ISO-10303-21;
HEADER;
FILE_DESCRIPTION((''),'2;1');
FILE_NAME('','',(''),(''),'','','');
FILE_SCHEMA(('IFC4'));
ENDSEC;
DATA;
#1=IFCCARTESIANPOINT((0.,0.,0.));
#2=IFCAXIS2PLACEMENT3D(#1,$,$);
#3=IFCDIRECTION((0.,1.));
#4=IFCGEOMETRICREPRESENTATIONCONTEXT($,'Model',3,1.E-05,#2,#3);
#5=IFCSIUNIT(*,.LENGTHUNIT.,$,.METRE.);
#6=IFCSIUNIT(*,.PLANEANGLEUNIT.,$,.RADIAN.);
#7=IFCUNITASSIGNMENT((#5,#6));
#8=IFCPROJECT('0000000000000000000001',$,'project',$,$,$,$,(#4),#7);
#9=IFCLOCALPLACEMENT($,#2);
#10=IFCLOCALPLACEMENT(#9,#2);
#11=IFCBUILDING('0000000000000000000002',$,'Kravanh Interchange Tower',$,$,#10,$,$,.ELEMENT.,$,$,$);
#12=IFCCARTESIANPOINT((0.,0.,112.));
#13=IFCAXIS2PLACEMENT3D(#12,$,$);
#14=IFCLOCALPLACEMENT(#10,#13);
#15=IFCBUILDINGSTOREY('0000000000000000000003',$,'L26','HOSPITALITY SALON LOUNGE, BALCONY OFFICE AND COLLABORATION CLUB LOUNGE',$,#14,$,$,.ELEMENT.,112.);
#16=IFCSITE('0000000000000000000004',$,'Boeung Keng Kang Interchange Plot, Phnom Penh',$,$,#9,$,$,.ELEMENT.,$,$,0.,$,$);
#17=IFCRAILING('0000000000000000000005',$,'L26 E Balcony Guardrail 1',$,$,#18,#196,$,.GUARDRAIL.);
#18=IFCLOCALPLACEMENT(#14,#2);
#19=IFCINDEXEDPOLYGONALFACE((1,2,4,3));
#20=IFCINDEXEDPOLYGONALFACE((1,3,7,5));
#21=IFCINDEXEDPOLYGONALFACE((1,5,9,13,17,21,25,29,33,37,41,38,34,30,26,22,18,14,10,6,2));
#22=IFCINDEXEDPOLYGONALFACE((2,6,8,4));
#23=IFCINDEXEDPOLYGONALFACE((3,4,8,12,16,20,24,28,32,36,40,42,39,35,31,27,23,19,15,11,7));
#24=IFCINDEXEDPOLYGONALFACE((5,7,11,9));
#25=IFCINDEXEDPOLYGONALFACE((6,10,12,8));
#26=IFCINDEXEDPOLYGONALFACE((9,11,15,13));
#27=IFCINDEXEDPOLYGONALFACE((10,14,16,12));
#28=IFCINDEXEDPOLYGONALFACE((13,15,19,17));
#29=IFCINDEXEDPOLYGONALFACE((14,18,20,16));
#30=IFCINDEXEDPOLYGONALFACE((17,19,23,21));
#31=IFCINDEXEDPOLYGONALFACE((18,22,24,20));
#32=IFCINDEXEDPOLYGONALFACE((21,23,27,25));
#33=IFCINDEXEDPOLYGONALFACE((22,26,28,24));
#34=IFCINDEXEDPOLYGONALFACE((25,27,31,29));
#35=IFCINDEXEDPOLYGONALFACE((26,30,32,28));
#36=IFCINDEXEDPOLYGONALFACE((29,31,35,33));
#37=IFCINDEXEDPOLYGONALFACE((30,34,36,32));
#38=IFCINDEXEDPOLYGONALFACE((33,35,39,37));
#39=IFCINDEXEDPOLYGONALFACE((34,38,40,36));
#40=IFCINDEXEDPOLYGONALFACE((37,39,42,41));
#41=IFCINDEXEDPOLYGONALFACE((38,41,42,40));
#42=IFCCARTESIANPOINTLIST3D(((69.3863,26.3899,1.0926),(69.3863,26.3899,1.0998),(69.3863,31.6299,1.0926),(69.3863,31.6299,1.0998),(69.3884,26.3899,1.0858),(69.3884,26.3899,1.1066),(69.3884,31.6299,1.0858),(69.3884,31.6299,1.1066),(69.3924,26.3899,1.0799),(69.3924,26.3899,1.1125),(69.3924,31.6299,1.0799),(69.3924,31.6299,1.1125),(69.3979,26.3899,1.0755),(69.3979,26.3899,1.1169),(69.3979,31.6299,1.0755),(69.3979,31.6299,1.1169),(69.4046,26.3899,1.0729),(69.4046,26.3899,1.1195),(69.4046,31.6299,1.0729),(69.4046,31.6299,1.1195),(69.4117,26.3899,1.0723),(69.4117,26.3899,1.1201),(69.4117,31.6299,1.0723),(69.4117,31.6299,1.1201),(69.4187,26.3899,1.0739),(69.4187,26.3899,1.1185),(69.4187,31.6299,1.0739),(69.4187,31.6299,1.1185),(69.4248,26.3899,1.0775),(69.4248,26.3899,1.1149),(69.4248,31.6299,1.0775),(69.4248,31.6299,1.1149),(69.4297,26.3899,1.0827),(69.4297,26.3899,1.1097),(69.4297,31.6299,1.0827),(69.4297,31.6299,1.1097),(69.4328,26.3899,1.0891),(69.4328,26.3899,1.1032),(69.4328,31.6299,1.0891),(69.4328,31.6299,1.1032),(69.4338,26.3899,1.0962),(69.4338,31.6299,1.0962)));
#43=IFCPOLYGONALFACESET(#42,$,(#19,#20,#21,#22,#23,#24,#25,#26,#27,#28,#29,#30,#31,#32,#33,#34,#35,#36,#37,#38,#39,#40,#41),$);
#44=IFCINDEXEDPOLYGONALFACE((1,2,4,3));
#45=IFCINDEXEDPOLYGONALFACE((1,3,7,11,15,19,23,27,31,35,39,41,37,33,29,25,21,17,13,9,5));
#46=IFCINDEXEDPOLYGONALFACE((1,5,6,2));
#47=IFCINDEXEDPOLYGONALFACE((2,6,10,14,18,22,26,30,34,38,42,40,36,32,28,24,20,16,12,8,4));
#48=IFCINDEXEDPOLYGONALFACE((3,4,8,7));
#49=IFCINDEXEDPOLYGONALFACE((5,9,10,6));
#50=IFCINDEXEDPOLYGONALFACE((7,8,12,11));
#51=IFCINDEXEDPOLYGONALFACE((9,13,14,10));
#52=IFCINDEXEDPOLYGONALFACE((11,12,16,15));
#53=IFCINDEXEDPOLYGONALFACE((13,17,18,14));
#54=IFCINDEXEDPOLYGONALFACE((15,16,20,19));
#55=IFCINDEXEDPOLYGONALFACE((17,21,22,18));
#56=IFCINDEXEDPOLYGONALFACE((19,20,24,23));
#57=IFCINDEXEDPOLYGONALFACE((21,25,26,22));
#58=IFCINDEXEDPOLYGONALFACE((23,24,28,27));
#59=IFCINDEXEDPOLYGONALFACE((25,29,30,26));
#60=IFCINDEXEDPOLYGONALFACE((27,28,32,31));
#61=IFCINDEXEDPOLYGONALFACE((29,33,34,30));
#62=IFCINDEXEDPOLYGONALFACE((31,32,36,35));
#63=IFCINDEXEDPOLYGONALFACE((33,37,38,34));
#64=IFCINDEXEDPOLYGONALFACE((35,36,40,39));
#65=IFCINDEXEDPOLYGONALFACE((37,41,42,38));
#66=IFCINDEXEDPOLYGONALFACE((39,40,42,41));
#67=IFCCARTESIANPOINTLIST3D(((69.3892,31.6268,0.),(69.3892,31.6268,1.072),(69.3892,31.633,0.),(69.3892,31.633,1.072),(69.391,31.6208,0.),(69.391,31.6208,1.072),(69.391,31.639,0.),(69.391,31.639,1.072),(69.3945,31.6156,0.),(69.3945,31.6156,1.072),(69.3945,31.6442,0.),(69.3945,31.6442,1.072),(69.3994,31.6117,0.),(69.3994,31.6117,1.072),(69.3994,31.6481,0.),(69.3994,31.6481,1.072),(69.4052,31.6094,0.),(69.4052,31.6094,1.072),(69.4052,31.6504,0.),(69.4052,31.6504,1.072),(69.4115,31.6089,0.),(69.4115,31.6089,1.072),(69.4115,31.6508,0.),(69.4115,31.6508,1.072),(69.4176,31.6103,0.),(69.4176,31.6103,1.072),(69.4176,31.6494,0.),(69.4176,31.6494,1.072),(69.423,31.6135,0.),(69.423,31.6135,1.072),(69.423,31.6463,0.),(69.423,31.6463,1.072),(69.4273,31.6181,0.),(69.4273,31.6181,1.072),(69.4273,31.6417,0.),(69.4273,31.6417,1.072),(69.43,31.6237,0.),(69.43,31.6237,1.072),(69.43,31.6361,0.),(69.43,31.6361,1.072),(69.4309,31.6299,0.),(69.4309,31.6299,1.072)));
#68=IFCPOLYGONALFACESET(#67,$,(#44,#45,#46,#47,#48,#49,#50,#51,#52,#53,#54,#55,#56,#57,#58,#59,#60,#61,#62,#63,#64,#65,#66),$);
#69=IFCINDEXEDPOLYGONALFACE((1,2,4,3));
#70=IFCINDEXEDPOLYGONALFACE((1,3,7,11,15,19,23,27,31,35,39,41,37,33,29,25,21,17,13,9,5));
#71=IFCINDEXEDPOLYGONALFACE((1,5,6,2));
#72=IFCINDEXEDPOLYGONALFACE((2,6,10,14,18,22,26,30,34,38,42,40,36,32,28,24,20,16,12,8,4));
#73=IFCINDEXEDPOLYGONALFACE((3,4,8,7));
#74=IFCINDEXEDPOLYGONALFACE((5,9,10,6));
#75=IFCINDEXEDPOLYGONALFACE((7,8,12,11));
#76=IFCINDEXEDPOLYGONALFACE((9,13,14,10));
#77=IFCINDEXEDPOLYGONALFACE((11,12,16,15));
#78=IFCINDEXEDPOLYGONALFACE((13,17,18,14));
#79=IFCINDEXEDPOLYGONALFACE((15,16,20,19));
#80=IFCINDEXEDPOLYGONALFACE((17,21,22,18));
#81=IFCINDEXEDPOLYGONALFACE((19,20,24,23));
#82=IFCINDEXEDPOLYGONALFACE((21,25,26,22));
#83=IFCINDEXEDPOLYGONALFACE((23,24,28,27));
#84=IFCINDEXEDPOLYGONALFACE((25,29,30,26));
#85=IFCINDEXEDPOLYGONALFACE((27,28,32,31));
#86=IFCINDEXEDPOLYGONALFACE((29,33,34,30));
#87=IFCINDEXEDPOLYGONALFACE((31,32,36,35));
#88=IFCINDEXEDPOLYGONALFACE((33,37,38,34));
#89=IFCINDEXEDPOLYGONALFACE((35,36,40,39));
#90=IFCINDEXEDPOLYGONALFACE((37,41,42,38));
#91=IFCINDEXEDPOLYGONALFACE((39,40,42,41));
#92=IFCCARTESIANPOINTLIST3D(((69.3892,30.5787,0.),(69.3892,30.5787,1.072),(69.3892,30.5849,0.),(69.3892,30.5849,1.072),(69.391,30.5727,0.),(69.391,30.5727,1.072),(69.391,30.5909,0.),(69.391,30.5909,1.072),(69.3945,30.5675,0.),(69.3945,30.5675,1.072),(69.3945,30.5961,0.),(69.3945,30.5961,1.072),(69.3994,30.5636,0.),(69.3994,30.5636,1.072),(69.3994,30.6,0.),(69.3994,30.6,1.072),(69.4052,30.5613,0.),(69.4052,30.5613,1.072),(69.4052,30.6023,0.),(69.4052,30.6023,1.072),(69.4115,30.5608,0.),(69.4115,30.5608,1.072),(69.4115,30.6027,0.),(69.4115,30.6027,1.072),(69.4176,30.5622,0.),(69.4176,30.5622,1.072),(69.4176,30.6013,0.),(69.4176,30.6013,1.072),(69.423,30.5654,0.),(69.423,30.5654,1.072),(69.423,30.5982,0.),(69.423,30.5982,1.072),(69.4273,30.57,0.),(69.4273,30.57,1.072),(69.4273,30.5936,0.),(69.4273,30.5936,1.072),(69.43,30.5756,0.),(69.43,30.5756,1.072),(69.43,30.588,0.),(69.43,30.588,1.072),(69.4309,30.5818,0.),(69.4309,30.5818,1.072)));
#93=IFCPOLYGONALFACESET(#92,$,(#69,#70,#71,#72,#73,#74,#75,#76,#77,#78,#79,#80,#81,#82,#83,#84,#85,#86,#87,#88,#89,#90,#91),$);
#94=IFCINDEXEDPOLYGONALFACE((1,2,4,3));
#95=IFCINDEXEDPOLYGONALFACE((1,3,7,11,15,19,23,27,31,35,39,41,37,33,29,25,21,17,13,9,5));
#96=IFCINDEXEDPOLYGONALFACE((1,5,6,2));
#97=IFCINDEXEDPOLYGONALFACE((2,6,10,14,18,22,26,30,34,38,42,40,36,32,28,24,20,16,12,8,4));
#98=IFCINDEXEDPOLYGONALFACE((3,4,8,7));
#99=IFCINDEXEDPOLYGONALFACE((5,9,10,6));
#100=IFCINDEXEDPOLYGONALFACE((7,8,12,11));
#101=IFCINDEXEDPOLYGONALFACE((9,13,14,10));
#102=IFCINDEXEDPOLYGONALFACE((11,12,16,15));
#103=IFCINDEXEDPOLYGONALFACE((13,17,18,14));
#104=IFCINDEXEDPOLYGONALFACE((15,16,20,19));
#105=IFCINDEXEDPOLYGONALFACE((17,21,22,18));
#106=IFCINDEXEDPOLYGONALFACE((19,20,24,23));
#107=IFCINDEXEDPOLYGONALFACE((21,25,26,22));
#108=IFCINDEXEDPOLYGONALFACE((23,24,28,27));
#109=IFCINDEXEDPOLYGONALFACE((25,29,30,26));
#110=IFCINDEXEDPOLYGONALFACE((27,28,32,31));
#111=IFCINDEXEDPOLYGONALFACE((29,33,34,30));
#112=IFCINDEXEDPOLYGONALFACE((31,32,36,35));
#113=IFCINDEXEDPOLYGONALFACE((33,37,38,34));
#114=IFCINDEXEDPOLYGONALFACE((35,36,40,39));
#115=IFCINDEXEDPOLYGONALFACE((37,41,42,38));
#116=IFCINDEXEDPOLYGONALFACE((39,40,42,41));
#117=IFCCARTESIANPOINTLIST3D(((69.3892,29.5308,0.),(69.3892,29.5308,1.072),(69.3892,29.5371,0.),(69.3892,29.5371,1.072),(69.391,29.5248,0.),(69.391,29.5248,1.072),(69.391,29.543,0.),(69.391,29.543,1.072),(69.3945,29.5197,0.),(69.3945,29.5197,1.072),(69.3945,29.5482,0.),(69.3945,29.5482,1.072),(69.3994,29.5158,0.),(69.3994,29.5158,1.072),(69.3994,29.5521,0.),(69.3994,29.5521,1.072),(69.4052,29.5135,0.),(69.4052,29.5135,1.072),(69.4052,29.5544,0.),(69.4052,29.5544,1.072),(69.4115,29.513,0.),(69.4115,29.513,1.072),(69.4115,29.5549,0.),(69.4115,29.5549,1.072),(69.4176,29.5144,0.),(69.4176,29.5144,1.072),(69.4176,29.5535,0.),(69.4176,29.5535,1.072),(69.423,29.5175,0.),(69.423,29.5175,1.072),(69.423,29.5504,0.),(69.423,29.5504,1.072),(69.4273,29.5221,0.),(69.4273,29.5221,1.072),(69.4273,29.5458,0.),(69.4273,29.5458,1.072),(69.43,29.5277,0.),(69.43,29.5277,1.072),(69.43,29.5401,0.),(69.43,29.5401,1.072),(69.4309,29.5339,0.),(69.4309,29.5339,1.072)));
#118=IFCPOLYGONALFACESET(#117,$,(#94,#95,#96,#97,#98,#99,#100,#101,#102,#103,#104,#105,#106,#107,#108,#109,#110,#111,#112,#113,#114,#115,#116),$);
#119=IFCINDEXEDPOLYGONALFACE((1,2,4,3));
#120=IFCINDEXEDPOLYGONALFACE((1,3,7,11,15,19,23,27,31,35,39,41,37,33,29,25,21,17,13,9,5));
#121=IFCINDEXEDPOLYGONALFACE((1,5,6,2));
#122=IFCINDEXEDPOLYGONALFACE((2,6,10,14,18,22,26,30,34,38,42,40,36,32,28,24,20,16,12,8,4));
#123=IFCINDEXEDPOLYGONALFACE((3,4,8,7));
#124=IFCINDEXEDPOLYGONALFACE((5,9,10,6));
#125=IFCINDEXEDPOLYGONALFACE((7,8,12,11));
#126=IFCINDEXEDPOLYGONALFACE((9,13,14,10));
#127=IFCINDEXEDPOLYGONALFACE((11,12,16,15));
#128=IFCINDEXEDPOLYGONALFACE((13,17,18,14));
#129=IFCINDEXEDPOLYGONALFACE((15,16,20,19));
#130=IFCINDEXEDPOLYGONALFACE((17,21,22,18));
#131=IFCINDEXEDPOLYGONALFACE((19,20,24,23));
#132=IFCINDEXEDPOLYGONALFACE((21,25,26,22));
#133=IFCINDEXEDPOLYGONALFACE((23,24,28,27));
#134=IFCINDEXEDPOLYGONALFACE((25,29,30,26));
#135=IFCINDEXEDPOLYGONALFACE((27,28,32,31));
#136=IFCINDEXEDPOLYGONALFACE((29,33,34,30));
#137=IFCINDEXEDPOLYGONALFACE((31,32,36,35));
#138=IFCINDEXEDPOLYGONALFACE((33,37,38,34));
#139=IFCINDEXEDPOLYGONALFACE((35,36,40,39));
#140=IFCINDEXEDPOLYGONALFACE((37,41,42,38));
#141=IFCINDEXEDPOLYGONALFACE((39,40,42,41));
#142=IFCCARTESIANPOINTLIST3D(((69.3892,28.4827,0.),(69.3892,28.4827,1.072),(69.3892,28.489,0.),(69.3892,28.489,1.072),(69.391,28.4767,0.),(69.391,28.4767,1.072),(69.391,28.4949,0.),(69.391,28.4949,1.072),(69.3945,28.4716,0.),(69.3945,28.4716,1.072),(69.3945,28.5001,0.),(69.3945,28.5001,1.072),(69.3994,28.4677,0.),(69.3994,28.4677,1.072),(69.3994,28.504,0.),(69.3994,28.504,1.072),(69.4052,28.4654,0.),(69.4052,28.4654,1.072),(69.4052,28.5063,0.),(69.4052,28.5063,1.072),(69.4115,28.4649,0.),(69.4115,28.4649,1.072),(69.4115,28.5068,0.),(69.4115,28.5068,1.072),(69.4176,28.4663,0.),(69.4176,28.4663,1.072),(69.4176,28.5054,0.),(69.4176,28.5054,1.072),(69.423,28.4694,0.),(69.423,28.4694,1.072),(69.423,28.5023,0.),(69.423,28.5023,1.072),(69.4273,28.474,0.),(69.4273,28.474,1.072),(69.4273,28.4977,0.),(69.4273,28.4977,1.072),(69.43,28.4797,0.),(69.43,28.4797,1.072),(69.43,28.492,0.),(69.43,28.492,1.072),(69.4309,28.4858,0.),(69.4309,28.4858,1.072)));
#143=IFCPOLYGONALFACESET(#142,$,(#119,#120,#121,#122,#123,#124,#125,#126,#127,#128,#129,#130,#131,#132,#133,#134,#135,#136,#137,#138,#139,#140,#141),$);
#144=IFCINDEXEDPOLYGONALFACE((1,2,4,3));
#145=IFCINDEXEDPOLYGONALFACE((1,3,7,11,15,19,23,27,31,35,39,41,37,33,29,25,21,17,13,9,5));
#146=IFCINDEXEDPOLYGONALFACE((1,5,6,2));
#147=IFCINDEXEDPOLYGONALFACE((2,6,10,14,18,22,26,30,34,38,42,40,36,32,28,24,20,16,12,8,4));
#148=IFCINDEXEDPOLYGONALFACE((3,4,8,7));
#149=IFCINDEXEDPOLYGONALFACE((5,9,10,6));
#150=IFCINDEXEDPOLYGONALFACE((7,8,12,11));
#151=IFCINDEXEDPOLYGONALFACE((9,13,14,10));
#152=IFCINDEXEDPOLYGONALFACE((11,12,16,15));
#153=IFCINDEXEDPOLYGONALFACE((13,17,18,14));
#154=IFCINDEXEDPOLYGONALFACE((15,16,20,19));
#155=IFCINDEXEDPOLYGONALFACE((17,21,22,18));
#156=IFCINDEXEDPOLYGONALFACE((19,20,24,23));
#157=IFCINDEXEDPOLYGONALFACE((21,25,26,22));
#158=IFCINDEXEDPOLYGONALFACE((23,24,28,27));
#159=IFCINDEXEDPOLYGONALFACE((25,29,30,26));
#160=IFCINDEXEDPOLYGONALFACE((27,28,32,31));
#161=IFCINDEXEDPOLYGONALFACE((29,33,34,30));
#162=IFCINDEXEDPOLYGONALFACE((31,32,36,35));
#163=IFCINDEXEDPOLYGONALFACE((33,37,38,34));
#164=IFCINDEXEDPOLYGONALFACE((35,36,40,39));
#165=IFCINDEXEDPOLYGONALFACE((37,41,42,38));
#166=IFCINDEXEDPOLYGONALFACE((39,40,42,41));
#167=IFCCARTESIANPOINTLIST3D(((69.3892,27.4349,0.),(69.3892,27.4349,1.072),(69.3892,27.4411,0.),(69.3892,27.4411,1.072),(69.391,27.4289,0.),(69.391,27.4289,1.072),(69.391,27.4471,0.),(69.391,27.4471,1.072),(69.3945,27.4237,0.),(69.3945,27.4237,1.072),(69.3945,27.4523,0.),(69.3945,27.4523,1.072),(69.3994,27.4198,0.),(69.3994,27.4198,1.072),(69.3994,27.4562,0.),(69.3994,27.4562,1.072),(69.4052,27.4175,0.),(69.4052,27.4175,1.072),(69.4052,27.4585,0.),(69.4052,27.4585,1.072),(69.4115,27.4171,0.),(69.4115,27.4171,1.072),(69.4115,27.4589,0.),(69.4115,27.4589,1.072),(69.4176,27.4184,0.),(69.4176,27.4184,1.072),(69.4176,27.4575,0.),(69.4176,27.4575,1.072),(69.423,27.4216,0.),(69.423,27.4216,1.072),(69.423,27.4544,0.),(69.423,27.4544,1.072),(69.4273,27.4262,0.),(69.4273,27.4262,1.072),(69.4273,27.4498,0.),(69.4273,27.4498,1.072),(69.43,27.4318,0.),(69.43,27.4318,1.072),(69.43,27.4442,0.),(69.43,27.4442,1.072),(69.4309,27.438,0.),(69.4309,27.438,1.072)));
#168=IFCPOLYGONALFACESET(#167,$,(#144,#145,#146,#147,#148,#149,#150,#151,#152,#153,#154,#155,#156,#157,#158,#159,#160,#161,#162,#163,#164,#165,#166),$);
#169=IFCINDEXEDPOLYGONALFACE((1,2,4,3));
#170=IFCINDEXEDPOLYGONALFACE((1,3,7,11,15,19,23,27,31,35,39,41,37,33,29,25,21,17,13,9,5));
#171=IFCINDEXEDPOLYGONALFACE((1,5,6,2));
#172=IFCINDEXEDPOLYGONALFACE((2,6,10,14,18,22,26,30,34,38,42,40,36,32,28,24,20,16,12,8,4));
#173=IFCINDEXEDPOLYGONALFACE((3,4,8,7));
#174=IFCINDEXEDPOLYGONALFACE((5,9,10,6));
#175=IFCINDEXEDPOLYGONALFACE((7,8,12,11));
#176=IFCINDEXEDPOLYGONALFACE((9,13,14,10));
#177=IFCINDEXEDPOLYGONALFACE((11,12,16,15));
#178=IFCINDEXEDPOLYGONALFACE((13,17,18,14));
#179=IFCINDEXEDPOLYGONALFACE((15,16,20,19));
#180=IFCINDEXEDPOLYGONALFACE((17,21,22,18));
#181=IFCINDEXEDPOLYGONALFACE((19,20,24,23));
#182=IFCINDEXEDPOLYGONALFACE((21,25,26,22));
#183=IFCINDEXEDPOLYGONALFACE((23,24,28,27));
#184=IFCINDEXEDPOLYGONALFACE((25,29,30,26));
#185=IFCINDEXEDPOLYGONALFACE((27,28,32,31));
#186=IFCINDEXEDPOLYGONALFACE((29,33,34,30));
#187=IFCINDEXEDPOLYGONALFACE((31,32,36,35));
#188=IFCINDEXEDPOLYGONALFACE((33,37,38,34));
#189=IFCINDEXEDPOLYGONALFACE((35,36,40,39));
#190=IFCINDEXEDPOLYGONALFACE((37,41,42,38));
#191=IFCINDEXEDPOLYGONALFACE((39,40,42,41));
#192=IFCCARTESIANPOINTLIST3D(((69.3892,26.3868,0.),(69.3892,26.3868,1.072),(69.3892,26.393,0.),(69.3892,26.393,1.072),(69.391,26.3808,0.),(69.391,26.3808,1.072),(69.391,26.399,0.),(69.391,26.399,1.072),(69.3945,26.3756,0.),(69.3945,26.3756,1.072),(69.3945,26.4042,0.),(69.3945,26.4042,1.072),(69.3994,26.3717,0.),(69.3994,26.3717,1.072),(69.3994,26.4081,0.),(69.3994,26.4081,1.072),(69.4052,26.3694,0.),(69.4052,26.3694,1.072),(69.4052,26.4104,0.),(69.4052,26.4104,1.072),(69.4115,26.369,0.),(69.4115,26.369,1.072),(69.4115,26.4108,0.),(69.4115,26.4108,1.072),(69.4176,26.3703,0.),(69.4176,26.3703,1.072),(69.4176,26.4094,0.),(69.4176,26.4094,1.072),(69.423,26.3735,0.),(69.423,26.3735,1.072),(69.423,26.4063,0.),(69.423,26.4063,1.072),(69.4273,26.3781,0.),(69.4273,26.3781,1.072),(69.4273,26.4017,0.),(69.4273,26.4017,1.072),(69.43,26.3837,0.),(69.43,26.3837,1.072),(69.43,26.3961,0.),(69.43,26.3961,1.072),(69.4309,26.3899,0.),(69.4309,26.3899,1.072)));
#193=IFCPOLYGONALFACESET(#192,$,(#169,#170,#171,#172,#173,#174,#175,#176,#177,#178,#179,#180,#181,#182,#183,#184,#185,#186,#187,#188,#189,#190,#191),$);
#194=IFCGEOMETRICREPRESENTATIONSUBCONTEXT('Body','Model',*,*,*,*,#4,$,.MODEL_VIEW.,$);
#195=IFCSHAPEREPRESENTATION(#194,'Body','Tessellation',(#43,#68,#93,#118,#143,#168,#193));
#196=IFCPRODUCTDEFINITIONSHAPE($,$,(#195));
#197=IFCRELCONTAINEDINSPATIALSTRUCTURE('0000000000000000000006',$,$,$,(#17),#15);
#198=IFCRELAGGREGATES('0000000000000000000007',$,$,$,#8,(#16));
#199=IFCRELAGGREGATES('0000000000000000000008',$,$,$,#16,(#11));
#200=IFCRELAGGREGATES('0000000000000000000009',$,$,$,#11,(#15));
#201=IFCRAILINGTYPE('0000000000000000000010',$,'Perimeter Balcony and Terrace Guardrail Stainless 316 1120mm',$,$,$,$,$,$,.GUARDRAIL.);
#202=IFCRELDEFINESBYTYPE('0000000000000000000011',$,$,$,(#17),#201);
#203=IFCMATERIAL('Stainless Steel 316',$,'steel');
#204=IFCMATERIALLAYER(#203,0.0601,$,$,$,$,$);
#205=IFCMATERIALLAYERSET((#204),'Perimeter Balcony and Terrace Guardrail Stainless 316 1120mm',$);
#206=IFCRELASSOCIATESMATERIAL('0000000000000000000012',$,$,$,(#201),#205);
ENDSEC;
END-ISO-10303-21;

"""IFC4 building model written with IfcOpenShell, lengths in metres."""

from ifc_helpers import new_model, si_unit, direction, frame, origin, origin_2d, place, context, subcontext, project, spatial, circle, extrude, material, layer, layer_set, type_object, element, save


model = new_model("IFC4")

# Units and contexts
model_context = context("Model", 3, precision=1e-05, world=origin(), true_north=direction((0.0, 1.0)))
body_context = subcontext(model_context, "Body", "Model", "MODEL_VIEW")
ifc_project = project(units=[si_unit("LENGTHUNIT", "METRE"), si_unit("PLANEANGLEUNIT", "RADIAN")], contexts=[model_context])

# Site, building, storey
site_placement = place(None, origin())
site = spatial("IfcSite", under=ifc_project, at=site_placement, Name="Boeung Keng Kang Interchange Plot, Phnom Penh", CompositionType="ELEMENT", RefElevation=0.0)
building_placement = place(site_placement, origin())
building = spatial("IfcBuilding", under=site, at=building_placement, Name="Kravanh Interchange Tower", CompositionType="ELEMENT")
storey_placement = place(building_placement, frame((0.0, 0.0, 112.0)))
storey = spatial("IfcBuildingStorey", under=building, at=storey_placement, Name="L26", Description="HOSPITALITY SALON LOUNGE, BALCONY OFFICE AND COLLABORATION CLUB LOUNGE", CompositionType="ELEMENT", Elevation=112.0)

# Railing
ifc_material_1 = material(Name="Stainless Steel 316", Category="steel")
ifc_layer_1 = layer(ifc_material_1, 0.0601)
ifc_layer_set_1 = layer_set([ifc_layer_1], Name="Perimeter Balcony and Terrace Guardrail Stainless 316 1120mm")
railing_type_1 = type_object("IfcRailingType", Name="Perimeter Balcony and Terrace Guardrail Stainless 316 1120mm", PredefinedType="GUARDRAIL", material=ifc_layer_set_1)
railing_1_placement = place(storey_placement, frame((69.4099, 31.6299, 0.0)))
element("IfcRailing", 1, at=railing_1_placement, inside=storey, type_object=railing_type_1, Name="L26 E Balcony Guardrail 1", PredefinedType="GUARDRAIL", context=body_context, shape_type="SweptSolid", body=[
    extrude(circle(Radius=0.0239, at=origin_2d()), frame((0.0, 0.0, 1.0962), z_axis=(0.0, -1.0, 0.0), x_axis=(1.0, 0.0, 0.0)), (0.0, 0.0, 1.0), 5.24),
    extrude(circle(Radius=0.021, at=origin_2d()), origin(), (0.0, 0.0, 1.0), 1.072),
    extrude(circle(Radius=0.021, at=origin_2d()), frame((0.0, -1.0481, 0.0)), (0.0, 0.0, 1.0), 1.072),
    extrude(circle(Radius=0.021, at=origin_2d()), frame((0.0, -2.0959, 0.0)), (0.0, 0.0, 1.0), 1.072),
    extrude(circle(Radius=0.021, at=origin_2d()), frame((0.0, -3.144, 0.0)), (0.0, 0.0, 1.0), 1.072),
    extrude(circle(Radius=0.021, at=origin_2d()), frame((0.0, -4.1919, 0.0)), (0.0, 0.0, 1.0), 1.072),
    extrude(circle(Radius=0.021, at=origin_2d()), frame((0.0, -5.24, 0.0)), (0.0, 0.0, 1.0), 1.072),
])

save(model, "model.ifc")
